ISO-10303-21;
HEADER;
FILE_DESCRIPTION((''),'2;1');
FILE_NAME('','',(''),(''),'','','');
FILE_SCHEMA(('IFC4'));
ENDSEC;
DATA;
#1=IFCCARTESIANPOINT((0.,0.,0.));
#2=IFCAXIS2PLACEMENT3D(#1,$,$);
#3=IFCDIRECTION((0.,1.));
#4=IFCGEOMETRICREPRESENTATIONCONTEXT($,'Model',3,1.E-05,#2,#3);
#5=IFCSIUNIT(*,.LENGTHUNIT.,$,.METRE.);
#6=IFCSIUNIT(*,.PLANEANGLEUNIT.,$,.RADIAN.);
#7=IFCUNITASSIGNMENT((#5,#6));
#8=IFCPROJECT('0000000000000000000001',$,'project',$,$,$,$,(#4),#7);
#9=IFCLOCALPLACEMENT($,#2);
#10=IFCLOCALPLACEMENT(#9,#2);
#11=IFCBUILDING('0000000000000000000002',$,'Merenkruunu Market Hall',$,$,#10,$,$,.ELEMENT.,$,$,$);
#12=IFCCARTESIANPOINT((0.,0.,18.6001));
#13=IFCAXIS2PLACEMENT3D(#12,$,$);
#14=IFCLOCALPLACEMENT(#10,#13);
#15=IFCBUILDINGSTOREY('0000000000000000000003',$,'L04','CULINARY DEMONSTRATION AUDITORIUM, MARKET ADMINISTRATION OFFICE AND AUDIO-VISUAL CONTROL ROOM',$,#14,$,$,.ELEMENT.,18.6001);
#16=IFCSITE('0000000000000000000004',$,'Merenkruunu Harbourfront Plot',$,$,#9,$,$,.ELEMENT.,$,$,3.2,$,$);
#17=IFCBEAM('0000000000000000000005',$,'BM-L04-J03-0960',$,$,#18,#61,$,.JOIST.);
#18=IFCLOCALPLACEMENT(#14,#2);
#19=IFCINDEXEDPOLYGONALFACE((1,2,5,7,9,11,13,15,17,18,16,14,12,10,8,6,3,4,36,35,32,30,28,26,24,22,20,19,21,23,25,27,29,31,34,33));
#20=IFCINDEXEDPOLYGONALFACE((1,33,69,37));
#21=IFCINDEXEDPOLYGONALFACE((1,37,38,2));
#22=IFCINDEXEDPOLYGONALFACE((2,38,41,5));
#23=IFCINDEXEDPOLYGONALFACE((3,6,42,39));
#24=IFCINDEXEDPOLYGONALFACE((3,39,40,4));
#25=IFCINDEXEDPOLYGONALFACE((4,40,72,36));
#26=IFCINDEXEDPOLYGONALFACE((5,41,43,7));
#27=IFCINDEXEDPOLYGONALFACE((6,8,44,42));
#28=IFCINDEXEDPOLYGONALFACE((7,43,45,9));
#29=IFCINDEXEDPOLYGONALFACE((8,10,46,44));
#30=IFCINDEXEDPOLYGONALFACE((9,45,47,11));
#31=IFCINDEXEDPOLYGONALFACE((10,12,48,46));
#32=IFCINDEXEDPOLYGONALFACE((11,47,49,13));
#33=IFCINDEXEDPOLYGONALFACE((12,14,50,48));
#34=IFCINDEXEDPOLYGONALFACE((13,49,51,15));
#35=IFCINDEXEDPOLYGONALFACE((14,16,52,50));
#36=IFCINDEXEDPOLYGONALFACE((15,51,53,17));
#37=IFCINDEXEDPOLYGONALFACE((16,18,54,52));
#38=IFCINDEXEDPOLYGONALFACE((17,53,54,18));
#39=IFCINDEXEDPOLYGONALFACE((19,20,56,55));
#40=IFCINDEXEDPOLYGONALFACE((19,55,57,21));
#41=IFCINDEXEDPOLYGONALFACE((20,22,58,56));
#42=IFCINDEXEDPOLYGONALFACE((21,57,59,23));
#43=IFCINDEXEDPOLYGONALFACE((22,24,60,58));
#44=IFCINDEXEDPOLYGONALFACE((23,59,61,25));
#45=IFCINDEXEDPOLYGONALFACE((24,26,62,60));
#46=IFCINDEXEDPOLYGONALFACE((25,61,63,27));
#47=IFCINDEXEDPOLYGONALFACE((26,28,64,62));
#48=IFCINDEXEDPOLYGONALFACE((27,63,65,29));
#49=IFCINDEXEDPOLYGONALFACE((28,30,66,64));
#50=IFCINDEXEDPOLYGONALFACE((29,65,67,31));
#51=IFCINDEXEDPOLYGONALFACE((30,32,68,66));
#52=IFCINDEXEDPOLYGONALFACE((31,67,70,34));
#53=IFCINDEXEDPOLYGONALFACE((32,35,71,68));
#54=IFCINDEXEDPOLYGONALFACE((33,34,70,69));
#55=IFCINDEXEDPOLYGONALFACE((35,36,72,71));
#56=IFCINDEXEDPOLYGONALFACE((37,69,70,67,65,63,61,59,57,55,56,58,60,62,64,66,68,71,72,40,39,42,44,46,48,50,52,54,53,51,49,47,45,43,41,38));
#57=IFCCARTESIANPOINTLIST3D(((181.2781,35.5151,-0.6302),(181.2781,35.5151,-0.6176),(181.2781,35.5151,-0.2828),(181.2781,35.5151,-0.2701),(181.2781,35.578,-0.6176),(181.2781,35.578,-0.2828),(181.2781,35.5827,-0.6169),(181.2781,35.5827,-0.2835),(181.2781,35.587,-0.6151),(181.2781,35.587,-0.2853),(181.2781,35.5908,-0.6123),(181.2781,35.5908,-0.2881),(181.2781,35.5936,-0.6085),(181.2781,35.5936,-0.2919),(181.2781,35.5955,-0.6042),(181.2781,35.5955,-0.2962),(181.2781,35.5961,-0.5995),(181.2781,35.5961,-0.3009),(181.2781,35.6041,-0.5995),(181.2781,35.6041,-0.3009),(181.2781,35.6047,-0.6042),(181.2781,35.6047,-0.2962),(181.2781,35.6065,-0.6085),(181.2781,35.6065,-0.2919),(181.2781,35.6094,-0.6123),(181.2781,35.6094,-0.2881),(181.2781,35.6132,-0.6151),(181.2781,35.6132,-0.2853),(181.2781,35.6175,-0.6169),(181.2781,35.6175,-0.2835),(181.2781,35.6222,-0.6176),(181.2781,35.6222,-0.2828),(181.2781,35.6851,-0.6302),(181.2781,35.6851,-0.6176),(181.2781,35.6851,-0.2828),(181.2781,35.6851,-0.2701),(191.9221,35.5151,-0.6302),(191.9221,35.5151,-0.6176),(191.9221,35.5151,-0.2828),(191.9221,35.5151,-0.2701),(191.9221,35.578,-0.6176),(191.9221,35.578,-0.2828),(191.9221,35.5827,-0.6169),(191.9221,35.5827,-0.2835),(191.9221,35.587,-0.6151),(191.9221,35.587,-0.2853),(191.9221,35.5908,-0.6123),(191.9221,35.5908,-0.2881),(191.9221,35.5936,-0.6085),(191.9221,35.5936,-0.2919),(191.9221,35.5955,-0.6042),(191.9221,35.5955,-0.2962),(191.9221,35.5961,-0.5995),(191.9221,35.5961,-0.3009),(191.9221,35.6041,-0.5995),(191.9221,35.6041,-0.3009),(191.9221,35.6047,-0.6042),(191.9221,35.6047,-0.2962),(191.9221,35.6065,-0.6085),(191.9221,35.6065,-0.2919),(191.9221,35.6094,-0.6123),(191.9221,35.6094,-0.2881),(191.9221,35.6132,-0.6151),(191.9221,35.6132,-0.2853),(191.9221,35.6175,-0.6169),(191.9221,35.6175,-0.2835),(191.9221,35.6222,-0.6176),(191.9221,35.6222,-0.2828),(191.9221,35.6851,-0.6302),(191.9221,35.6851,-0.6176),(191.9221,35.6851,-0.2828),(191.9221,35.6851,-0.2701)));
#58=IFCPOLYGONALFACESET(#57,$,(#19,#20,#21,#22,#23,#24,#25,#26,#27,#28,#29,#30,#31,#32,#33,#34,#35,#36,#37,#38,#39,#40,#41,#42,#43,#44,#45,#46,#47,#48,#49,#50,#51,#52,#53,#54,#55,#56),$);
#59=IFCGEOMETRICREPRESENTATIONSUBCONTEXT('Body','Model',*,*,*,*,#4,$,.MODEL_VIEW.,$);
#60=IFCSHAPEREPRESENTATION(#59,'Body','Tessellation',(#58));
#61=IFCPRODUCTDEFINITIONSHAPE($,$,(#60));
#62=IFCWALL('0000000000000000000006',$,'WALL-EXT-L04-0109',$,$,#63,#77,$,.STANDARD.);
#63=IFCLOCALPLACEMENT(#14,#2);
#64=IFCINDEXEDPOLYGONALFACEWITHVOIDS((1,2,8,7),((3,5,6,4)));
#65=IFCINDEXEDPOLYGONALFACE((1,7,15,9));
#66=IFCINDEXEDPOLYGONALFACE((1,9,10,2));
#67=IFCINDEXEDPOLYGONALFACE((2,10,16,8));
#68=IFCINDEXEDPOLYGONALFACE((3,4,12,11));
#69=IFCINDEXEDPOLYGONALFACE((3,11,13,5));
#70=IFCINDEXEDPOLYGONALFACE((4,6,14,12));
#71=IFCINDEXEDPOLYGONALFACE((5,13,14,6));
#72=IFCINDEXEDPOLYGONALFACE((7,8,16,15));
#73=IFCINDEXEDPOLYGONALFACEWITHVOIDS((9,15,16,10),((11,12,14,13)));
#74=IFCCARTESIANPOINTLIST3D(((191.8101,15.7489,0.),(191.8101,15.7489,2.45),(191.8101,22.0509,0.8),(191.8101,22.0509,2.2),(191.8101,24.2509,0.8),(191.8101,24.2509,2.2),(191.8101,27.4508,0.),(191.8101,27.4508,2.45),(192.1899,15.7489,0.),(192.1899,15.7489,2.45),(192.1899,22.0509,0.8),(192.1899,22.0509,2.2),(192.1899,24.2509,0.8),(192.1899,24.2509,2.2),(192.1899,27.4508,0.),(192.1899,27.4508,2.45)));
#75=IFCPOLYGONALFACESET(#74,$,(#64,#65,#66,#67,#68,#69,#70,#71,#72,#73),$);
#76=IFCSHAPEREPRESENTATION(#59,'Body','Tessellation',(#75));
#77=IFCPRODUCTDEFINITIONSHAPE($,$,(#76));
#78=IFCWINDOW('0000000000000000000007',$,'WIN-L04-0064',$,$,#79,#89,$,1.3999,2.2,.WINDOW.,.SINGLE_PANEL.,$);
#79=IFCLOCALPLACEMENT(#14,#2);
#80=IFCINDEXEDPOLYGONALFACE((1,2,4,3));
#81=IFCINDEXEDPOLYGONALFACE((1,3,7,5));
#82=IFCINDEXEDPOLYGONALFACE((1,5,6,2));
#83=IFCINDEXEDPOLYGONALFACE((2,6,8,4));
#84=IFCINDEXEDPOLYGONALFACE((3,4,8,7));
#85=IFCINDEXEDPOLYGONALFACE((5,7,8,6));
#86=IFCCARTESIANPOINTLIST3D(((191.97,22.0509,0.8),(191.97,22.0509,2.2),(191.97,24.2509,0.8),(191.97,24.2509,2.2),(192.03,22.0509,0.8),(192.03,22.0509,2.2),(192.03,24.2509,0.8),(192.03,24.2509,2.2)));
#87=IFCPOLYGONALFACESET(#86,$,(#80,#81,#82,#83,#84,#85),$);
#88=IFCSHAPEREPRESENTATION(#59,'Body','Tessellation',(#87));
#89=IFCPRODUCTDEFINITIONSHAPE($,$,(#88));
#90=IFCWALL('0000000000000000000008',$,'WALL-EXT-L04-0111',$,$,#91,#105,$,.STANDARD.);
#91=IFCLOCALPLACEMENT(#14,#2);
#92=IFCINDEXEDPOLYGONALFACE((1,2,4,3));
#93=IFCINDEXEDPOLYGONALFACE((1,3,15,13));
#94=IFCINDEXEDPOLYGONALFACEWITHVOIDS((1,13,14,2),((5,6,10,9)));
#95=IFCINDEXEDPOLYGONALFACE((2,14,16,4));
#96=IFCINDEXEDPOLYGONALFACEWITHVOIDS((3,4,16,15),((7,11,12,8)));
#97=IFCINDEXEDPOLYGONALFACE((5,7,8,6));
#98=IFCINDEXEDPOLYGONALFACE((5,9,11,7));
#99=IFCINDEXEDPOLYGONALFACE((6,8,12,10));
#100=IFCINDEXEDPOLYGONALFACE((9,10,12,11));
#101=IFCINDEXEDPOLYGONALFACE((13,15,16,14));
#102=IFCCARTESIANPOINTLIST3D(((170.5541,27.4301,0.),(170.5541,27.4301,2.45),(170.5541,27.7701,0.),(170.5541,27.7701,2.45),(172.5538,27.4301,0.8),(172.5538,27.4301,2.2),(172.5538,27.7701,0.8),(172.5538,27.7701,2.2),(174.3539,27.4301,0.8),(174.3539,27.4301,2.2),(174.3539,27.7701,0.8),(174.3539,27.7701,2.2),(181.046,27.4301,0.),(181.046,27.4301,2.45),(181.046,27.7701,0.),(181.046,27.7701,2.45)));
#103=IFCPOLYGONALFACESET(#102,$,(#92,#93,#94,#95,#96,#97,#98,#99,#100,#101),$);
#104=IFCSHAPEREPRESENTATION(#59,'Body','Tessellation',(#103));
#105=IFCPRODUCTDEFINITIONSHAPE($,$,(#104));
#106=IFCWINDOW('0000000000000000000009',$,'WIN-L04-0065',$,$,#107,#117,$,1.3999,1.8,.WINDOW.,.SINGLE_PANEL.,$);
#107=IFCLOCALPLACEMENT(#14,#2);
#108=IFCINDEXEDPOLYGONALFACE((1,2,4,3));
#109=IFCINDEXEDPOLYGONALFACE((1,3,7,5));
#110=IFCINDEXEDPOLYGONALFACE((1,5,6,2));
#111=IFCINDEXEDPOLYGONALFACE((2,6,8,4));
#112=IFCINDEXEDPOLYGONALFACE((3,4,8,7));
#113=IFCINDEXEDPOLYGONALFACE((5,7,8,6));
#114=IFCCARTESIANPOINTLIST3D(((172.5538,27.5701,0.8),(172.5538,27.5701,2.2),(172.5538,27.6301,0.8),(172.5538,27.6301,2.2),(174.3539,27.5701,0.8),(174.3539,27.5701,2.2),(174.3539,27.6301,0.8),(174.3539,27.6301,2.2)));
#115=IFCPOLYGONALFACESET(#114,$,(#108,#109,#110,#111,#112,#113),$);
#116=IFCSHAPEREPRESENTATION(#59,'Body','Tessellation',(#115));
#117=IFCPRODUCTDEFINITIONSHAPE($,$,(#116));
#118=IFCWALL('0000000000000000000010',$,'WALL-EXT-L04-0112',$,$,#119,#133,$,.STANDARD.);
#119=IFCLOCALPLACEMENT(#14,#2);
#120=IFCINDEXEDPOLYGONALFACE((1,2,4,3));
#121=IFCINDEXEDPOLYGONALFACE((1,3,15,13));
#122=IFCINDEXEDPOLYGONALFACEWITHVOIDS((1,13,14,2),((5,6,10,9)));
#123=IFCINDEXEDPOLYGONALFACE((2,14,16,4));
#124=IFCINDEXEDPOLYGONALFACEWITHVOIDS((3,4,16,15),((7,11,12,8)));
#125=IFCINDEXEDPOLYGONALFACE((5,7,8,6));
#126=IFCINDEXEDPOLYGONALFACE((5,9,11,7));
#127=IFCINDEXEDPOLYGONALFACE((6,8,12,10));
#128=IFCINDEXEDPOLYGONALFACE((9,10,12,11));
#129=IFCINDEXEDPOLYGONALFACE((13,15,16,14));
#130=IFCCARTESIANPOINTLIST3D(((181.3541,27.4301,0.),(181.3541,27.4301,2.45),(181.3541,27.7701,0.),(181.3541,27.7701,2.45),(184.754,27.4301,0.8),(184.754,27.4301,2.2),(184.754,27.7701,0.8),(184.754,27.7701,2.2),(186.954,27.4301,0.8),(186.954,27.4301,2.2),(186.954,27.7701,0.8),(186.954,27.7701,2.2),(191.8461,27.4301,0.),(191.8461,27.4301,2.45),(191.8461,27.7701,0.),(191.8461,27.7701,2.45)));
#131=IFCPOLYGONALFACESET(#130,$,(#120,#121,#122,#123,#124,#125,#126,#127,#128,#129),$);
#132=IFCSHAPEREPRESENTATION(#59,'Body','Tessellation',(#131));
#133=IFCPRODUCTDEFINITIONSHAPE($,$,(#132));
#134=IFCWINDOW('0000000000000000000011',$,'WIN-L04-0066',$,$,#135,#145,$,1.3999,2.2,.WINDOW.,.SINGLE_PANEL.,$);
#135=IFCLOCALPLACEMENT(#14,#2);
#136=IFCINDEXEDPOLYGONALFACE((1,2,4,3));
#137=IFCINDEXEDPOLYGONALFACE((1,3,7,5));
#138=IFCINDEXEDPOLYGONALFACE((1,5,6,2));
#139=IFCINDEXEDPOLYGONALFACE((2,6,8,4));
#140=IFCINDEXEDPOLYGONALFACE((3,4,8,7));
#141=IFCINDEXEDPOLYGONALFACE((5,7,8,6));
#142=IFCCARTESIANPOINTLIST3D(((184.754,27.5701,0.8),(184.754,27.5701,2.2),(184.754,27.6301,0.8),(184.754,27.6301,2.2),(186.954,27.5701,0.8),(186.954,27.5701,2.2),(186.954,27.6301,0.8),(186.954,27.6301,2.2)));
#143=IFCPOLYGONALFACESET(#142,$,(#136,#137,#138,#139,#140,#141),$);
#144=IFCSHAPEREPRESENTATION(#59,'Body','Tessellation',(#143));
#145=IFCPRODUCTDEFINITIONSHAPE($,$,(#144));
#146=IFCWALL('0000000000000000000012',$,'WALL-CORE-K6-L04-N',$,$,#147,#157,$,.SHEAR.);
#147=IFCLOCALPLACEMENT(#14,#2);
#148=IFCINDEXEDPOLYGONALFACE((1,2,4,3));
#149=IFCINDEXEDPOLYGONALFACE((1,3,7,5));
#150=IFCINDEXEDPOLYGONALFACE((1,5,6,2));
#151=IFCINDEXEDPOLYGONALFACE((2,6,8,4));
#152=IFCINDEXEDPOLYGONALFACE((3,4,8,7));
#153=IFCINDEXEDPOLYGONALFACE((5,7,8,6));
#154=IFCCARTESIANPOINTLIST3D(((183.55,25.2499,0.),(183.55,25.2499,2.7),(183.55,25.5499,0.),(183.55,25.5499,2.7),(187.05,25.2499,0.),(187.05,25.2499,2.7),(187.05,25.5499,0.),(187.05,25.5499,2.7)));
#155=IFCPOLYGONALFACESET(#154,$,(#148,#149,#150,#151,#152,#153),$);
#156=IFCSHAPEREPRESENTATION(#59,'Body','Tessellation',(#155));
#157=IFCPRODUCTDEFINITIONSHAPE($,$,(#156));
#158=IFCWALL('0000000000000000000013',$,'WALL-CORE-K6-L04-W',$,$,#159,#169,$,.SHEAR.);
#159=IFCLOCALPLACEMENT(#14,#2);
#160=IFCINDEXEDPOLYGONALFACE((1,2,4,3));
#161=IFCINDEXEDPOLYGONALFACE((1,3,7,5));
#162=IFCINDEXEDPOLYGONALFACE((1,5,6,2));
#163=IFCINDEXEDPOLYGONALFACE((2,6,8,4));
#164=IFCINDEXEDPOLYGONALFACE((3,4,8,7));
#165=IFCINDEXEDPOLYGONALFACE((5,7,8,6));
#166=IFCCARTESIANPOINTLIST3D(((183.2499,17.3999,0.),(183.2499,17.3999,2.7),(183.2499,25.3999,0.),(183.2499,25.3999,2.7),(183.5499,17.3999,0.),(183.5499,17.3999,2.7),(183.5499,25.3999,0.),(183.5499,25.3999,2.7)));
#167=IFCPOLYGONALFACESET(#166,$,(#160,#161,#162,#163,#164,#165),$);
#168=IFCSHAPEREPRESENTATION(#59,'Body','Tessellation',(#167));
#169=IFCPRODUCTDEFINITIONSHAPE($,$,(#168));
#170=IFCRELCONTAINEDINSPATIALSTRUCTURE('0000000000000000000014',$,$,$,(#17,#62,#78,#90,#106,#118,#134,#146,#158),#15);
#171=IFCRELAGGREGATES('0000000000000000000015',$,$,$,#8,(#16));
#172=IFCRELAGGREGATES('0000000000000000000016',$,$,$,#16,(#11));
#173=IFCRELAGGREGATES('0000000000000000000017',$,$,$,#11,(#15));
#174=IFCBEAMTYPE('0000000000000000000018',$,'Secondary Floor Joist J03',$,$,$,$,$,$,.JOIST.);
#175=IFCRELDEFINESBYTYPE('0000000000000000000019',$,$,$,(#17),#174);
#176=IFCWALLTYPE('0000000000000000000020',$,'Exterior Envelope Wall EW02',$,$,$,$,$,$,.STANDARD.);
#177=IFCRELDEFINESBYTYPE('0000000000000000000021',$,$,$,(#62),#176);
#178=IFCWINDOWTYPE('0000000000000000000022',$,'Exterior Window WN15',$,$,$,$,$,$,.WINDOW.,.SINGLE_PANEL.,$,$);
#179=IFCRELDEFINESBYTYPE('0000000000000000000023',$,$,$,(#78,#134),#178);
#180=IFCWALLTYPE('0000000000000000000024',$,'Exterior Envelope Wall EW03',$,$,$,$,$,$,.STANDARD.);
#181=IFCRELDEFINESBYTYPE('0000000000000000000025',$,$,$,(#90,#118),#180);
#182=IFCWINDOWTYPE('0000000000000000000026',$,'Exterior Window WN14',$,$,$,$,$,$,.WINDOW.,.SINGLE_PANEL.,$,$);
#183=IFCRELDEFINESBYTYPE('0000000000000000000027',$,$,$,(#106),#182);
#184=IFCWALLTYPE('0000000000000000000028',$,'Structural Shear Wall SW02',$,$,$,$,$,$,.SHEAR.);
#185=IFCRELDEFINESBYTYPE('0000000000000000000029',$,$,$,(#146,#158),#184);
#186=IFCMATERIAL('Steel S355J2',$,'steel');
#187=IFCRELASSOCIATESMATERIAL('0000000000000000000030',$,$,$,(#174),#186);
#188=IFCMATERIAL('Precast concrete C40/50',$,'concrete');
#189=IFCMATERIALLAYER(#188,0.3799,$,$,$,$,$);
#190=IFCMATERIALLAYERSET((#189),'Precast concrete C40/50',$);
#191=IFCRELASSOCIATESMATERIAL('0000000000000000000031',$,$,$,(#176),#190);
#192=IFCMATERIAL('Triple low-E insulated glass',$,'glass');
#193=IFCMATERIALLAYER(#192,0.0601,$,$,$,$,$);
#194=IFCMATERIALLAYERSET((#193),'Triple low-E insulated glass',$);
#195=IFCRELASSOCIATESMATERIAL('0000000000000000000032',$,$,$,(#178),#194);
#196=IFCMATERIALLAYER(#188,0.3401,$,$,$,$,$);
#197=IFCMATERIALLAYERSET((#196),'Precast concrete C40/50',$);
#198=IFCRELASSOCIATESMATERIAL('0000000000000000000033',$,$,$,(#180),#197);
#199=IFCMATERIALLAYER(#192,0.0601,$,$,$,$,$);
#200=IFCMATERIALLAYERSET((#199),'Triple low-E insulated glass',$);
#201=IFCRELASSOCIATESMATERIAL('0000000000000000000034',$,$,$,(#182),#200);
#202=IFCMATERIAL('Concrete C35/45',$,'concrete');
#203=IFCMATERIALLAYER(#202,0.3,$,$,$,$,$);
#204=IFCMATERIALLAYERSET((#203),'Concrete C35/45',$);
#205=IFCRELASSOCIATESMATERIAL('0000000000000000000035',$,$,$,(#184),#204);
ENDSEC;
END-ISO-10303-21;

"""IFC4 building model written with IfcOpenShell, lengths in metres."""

from ifc_helpers import new_model, si_unit, direction, frame, frame_2d, origin, origin_2d, place, context, subcontext, project, spatial, rectangle, i_section, extrude, material, layer, layer_set, material_profile, profile_set, type_object, element, fill, save


model = new_model("IFC4")

# Units and contexts
model_context = context("Model", 3, precision=1e-05, world=origin(), true_north=direction((0.0, 1.0)))
body_context = subcontext(model_context, "Body", "Model", "MODEL_VIEW")
ifc_project = project(units=[si_unit("LENGTHUNIT", "METRE"), si_unit("PLANEANGLEUNIT", "RADIAN")], contexts=[model_context])

# Site, building, storey
site_placement = place(None, origin())
site = spatial("IfcSite", under=ifc_project, at=site_placement, Name="Merenkruunu Harbourfront Plot", CompositionType="ELEMENT", RefElevation=3.2)
building_placement = place(site_placement, origin())
building = spatial("IfcBuilding", under=site, at=building_placement, Name="Merenkruunu Market Hall", CompositionType="ELEMENT")
storey_placement = place(building_placement, frame((0.0, 0.0, 18.6001)))
storey = spatial("IfcBuildingStorey", under=building, at=storey_placement, Name="L04", Description="CULINARY DEMONSTRATION AUDITORIUM, MARKET ADMINISTRATION OFFICE AND AUDIO-VISUAL CONTROL ROOM", CompositionType="ELEMENT", Elevation=18.6001)

# Shared definitions
ifc_material_1 = material(Name="Steel S355J2", Category="steel")

# Beam
ifc_material_profile_1 = material_profile(ifc_material_1, i_section(OverallWidth=0.1699, OverallDepth=0.3601, WebThickness=0.0081, FlangeThickness=0.0127, FilletRadius=0.0181, at=origin_2d()), Name="IPE 360")
ifc_profile_set_1 = profile_set([ifc_material_profile_1], Name="Steel S355J2")
beam_type_1 = type_object("IfcBeamType", Name="Secondary Floor Joist J03", PredefinedType="JOIST", material=ifc_profile_set_1)
for number, where, z_axis, x_axis, name in (
    (1, (181.2781, 35.6001, -0.4502), (1.0, 0.0, 0.0), (0.0, 1.0, 0.0), "BM-L04-J03-0960"),
):
    element("IfcBeam", number, at=place(storey_placement, frame(where, z_axis=z_axis, x_axis=x_axis)), inside=storey, type_object=beam_type_1, Name=name, PredefinedType="JOIST", context=body_context, shape_type="SweptSolid", body=[
        extrude(i_section(OverallWidth=0.1699, OverallDepth=0.3601, WebThickness=0.0081, FlangeThickness=0.0127, FilletRadius=0.0181, at=origin_2d()), origin(), (0.0, 0.0, 1.0), 10.644),
    ])

# Walls, openings, windows
ifc_material_2 = material(Name="Precast concrete C40/50", Category="concrete")
ifc_layer_1 = layer(ifc_material_2, 0.3799)
ifc_layer_set_1 = layer_set([ifc_layer_1], Name="Precast concrete C40/50")
wall_type_1 = type_object("IfcWallType", Name="Exterior Envelope Wall EW02", PredefinedType="STANDARD", material=ifc_layer_set_1)
wall_1_placement = place(storey_placement, frame((192.0, 27.4509, 0.0), z_axis=(0.0, 0.0, 1.0), x_axis=(0.0, -1.0, 0.0)))
wall_1 = element("IfcWall", 2, at=wall_1_placement, inside=storey, type_object=wall_type_1, Name="WALL-EXT-L04-0109", PredefinedType="STANDARD", context=body_context, shape_type="SweptSolid", body=[
    extrude(rectangle(XDim=11.7019, YDim=0.3799, at=frame_2d((5.8511, 0.0))), origin(), (0.0, 0.0, 1.0), 2.45),
])
opening_1_placement = place(wall_1_placement, frame((3.2, 0.0, 0.8)))
opening_1 = element("IfcOpeningElement", 3, at=opening_1_placement, cuts=wall_1, PredefinedType="OPENING", context=body_context, shape_type="SweptSolid", body=[
    extrude(rectangle(XDim=2.2, YDim=1.3999, at=frame_2d((1.1001, 0.7))), frame((0.0, 0.2, 0.0), z_axis=(0.0, -1.0, 0.0), x_axis=(1.0, 0.0, 0.0)), (0.0, 0.0, 1.0), 0.3999),
])
ifc_material_3 = material(Name="Triple low-E insulated glass", Category="glass")
ifc_layer_2 = layer(ifc_material_3, 0.0601)
ifc_layer_set_2 = layer_set([ifc_layer_2], Name="Triple low-E insulated glass")
window_type_1 = type_object("IfcWindowType", Name="Exterior Window WN15", PartitioningType="SINGLE_PANEL", PredefinedType="WINDOW", material=ifc_layer_set_2)
window_1_placement = place(opening_1_placement, origin())
window_1 = element("IfcWindow", 4, at=window_1_placement, inside=storey, type_object=window_type_1, Name="WIN-L04-0064", OverallHeight=1.3999, OverallWidth=2.2, PartitioningType="SINGLE_PANEL", PredefinedType="WINDOW", context=body_context, shape_type="SweptSolid", body=[
    extrude(rectangle(XDim=2.2, YDim=1.3999, at=frame_2d((1.1001, 0.7))), frame((0.0, 0.03, 0.0), z_axis=(0.0, -1.0, 0.0), x_axis=(1.0, 0.0, 0.0)), (0.0, 0.0, 1.0), 0.0601),
])
fill(opening_1, window_1)
ifc_layer_3 = layer(ifc_material_2, 0.3401)
ifc_layer_set_3 = layer_set([ifc_layer_3], Name="Precast concrete C40/50")
wall_type_2 = type_object("IfcWallType", Name="Exterior Envelope Wall EW03", PredefinedType="STANDARD", material=ifc_layer_set_3)
wall_2_placement = place(storey_placement, frame((170.554, 27.6001, 0.0), z_axis=(0.0, 0.0, 1.0), x_axis=(1.0, 0.0, 0.0)))
wall_2 = element("IfcWall", 5, at=wall_2_placement, inside=storey, type_object=wall_type_2, Name="WALL-EXT-L04-0111", PredefinedType="STANDARD", context=body_context, shape_type="SweptSolid", body=[
    extrude(rectangle(XDim=10.4919, YDim=0.3401, at=frame_2d((5.2461, 0.0))), origin(), (0.0, 0.0, 1.0), 2.45),
])
opening_2_placement = place(wall_2_placement, frame((2.0, 0.0, 0.8)))
opening_2 = element("IfcOpeningElement", 6, at=opening_2_placement, cuts=wall_2, PredefinedType="OPENING", context=body_context, shape_type="SweptSolid", body=[
    extrude(rectangle(XDim=1.8, YDim=1.3999, at=frame_2d((0.8999, 0.7))), frame((0.0, 0.1802, 0.0), z_axis=(0.0, -1.0, 0.0), x_axis=(1.0, 0.0, 0.0)), (0.0, 0.0, 1.0), 0.3601),
])
ifc_layer_4 = layer(ifc_material_3, 0.0601)
ifc_layer_set_4 = layer_set([ifc_layer_4], Name="Triple low-E insulated glass")
window_type_2 = type_object("IfcWindowType", Name="Exterior Window WN14", PartitioningType="SINGLE_PANEL", PredefinedType="WINDOW", material=ifc_layer_set_4)
window_2_placement = place(opening_2_placement, origin())
window_2 = element("IfcWindow", 7, at=window_2_placement, inside=storey, type_object=window_type_2, Name="WIN-L04-0065", OverallHeight=1.3999, OverallWidth=1.8, PartitioningType="SINGLE_PANEL", PredefinedType="WINDOW", context=body_context, shape_type="SweptSolid", body=[
    extrude(rectangle(XDim=1.8, YDim=1.3999, at=frame_2d((0.8999, 0.7))), frame((0.0, 0.03, 0.0), z_axis=(0.0, -1.0, 0.0), x_axis=(1.0, 0.0, 0.0)), (0.0, 0.0, 1.0), 0.0601),
])
fill(opening_2, window_2)
wall_3_placement = place(storey_placement, frame((181.354, 27.6001, 0.0), z_axis=(0.0, 0.0, 1.0), x_axis=(1.0, 0.0, 0.0)))
wall_3 = element("IfcWall", 8, at=wall_3_placement, inside=storey, type_object=wall_type_2, Name="WALL-EXT-L04-0112", PredefinedType="STANDARD", context=body_context, shape_type="SweptSolid", body=[
    extrude(rectangle(XDim=10.4919, YDim=0.3401, at=frame_2d((5.2461, 0.0))), origin(), (0.0, 0.0, 1.0), 2.45),
])
opening_3_placement = place(wall_3_placement, frame((3.3999, 0.0, 0.8)))
opening_3 = element("IfcOpeningElement", 9, at=opening_3_placement, cuts=wall_3, PredefinedType="OPENING", context=body_context, shape_type="SweptSolid", body=[
    extrude(rectangle(XDim=2.2, YDim=1.3999, at=frame_2d((1.1001, 0.7))), frame((0.0, 0.1802, 0.0), z_axis=(0.0, -1.0, 0.0), x_axis=(1.0, 0.0, 0.0)), (0.0, 0.0, 1.0), 0.3601),
])
window_3_placement = place(opening_3_placement, origin())
window_3 = element("IfcWindow", 10, at=window_3_placement, inside=storey, type_object=window_type_1, Name="WIN-L04-0066", OverallHeight=1.3999, OverallWidth=2.2, PartitioningType="SINGLE_PANEL", PredefinedType="WINDOW", context=body_context, shape_type="SweptSolid", body=[
    extrude(rectangle(XDim=2.2, YDim=1.3999, at=frame_2d((1.1001, 0.7))), frame((0.0, 0.03, 0.0), z_axis=(0.0, -1.0, 0.0), x_axis=(1.0, 0.0, 0.0)), (0.0, 0.0, 1.0), 0.0601),
])
fill(opening_3, window_3)

# Walls
ifc_material_4 = material(Name="Concrete C35/45", Category="concrete")
ifc_layer_5 = layer(ifc_material_4, 0.3)
ifc_layer_set_5 = layer_set([ifc_layer_5], Name="Concrete C35/45")
wall_type_3 = type_object("IfcWallType", Name="Structural Shear Wall SW02", PredefinedType="SHEAR", material=ifc_layer_set_5)
wall_4_placement = place(storey_placement, frame((187.05, 25.3999, 0.0), z_axis=(0.0, 0.0, 1.0), x_axis=(-1.0, 0.0, 0.0)))
element("IfcWall", 11, at=wall_4_placement, inside=storey, type_object=wall_type_3, Name="WALL-CORE-K6-L04-N", PredefinedType="SHEAR", context=body_context, shape_type="SweptSolid", body=[
    extrude(rectangle(XDim=3.5, YDim=0.3, at=frame_2d((1.75, 0.0))), origin(), (0.0, 0.0, 1.0), 2.7),
])
wall_5_placement = place(storey_placement, frame((183.3999, 25.3999, 0.0), z_axis=(0.0, 0.0, 1.0), x_axis=(0.0, -1.0, 0.0)))
element("IfcWall", 12, at=wall_5_placement, inside=storey, type_object=wall_type_3, Name="WALL-CORE-K6-L04-W", PredefinedType="SHEAR", context=body_context, shape_type="SweptSolid", body=[
    extrude(rectangle(XDim=8.0, YDim=0.3, at=frame_2d((4.0, 0.0))), origin(), (0.0, 0.0, 1.0), 2.7),
])

save(model, "model.ifc")
